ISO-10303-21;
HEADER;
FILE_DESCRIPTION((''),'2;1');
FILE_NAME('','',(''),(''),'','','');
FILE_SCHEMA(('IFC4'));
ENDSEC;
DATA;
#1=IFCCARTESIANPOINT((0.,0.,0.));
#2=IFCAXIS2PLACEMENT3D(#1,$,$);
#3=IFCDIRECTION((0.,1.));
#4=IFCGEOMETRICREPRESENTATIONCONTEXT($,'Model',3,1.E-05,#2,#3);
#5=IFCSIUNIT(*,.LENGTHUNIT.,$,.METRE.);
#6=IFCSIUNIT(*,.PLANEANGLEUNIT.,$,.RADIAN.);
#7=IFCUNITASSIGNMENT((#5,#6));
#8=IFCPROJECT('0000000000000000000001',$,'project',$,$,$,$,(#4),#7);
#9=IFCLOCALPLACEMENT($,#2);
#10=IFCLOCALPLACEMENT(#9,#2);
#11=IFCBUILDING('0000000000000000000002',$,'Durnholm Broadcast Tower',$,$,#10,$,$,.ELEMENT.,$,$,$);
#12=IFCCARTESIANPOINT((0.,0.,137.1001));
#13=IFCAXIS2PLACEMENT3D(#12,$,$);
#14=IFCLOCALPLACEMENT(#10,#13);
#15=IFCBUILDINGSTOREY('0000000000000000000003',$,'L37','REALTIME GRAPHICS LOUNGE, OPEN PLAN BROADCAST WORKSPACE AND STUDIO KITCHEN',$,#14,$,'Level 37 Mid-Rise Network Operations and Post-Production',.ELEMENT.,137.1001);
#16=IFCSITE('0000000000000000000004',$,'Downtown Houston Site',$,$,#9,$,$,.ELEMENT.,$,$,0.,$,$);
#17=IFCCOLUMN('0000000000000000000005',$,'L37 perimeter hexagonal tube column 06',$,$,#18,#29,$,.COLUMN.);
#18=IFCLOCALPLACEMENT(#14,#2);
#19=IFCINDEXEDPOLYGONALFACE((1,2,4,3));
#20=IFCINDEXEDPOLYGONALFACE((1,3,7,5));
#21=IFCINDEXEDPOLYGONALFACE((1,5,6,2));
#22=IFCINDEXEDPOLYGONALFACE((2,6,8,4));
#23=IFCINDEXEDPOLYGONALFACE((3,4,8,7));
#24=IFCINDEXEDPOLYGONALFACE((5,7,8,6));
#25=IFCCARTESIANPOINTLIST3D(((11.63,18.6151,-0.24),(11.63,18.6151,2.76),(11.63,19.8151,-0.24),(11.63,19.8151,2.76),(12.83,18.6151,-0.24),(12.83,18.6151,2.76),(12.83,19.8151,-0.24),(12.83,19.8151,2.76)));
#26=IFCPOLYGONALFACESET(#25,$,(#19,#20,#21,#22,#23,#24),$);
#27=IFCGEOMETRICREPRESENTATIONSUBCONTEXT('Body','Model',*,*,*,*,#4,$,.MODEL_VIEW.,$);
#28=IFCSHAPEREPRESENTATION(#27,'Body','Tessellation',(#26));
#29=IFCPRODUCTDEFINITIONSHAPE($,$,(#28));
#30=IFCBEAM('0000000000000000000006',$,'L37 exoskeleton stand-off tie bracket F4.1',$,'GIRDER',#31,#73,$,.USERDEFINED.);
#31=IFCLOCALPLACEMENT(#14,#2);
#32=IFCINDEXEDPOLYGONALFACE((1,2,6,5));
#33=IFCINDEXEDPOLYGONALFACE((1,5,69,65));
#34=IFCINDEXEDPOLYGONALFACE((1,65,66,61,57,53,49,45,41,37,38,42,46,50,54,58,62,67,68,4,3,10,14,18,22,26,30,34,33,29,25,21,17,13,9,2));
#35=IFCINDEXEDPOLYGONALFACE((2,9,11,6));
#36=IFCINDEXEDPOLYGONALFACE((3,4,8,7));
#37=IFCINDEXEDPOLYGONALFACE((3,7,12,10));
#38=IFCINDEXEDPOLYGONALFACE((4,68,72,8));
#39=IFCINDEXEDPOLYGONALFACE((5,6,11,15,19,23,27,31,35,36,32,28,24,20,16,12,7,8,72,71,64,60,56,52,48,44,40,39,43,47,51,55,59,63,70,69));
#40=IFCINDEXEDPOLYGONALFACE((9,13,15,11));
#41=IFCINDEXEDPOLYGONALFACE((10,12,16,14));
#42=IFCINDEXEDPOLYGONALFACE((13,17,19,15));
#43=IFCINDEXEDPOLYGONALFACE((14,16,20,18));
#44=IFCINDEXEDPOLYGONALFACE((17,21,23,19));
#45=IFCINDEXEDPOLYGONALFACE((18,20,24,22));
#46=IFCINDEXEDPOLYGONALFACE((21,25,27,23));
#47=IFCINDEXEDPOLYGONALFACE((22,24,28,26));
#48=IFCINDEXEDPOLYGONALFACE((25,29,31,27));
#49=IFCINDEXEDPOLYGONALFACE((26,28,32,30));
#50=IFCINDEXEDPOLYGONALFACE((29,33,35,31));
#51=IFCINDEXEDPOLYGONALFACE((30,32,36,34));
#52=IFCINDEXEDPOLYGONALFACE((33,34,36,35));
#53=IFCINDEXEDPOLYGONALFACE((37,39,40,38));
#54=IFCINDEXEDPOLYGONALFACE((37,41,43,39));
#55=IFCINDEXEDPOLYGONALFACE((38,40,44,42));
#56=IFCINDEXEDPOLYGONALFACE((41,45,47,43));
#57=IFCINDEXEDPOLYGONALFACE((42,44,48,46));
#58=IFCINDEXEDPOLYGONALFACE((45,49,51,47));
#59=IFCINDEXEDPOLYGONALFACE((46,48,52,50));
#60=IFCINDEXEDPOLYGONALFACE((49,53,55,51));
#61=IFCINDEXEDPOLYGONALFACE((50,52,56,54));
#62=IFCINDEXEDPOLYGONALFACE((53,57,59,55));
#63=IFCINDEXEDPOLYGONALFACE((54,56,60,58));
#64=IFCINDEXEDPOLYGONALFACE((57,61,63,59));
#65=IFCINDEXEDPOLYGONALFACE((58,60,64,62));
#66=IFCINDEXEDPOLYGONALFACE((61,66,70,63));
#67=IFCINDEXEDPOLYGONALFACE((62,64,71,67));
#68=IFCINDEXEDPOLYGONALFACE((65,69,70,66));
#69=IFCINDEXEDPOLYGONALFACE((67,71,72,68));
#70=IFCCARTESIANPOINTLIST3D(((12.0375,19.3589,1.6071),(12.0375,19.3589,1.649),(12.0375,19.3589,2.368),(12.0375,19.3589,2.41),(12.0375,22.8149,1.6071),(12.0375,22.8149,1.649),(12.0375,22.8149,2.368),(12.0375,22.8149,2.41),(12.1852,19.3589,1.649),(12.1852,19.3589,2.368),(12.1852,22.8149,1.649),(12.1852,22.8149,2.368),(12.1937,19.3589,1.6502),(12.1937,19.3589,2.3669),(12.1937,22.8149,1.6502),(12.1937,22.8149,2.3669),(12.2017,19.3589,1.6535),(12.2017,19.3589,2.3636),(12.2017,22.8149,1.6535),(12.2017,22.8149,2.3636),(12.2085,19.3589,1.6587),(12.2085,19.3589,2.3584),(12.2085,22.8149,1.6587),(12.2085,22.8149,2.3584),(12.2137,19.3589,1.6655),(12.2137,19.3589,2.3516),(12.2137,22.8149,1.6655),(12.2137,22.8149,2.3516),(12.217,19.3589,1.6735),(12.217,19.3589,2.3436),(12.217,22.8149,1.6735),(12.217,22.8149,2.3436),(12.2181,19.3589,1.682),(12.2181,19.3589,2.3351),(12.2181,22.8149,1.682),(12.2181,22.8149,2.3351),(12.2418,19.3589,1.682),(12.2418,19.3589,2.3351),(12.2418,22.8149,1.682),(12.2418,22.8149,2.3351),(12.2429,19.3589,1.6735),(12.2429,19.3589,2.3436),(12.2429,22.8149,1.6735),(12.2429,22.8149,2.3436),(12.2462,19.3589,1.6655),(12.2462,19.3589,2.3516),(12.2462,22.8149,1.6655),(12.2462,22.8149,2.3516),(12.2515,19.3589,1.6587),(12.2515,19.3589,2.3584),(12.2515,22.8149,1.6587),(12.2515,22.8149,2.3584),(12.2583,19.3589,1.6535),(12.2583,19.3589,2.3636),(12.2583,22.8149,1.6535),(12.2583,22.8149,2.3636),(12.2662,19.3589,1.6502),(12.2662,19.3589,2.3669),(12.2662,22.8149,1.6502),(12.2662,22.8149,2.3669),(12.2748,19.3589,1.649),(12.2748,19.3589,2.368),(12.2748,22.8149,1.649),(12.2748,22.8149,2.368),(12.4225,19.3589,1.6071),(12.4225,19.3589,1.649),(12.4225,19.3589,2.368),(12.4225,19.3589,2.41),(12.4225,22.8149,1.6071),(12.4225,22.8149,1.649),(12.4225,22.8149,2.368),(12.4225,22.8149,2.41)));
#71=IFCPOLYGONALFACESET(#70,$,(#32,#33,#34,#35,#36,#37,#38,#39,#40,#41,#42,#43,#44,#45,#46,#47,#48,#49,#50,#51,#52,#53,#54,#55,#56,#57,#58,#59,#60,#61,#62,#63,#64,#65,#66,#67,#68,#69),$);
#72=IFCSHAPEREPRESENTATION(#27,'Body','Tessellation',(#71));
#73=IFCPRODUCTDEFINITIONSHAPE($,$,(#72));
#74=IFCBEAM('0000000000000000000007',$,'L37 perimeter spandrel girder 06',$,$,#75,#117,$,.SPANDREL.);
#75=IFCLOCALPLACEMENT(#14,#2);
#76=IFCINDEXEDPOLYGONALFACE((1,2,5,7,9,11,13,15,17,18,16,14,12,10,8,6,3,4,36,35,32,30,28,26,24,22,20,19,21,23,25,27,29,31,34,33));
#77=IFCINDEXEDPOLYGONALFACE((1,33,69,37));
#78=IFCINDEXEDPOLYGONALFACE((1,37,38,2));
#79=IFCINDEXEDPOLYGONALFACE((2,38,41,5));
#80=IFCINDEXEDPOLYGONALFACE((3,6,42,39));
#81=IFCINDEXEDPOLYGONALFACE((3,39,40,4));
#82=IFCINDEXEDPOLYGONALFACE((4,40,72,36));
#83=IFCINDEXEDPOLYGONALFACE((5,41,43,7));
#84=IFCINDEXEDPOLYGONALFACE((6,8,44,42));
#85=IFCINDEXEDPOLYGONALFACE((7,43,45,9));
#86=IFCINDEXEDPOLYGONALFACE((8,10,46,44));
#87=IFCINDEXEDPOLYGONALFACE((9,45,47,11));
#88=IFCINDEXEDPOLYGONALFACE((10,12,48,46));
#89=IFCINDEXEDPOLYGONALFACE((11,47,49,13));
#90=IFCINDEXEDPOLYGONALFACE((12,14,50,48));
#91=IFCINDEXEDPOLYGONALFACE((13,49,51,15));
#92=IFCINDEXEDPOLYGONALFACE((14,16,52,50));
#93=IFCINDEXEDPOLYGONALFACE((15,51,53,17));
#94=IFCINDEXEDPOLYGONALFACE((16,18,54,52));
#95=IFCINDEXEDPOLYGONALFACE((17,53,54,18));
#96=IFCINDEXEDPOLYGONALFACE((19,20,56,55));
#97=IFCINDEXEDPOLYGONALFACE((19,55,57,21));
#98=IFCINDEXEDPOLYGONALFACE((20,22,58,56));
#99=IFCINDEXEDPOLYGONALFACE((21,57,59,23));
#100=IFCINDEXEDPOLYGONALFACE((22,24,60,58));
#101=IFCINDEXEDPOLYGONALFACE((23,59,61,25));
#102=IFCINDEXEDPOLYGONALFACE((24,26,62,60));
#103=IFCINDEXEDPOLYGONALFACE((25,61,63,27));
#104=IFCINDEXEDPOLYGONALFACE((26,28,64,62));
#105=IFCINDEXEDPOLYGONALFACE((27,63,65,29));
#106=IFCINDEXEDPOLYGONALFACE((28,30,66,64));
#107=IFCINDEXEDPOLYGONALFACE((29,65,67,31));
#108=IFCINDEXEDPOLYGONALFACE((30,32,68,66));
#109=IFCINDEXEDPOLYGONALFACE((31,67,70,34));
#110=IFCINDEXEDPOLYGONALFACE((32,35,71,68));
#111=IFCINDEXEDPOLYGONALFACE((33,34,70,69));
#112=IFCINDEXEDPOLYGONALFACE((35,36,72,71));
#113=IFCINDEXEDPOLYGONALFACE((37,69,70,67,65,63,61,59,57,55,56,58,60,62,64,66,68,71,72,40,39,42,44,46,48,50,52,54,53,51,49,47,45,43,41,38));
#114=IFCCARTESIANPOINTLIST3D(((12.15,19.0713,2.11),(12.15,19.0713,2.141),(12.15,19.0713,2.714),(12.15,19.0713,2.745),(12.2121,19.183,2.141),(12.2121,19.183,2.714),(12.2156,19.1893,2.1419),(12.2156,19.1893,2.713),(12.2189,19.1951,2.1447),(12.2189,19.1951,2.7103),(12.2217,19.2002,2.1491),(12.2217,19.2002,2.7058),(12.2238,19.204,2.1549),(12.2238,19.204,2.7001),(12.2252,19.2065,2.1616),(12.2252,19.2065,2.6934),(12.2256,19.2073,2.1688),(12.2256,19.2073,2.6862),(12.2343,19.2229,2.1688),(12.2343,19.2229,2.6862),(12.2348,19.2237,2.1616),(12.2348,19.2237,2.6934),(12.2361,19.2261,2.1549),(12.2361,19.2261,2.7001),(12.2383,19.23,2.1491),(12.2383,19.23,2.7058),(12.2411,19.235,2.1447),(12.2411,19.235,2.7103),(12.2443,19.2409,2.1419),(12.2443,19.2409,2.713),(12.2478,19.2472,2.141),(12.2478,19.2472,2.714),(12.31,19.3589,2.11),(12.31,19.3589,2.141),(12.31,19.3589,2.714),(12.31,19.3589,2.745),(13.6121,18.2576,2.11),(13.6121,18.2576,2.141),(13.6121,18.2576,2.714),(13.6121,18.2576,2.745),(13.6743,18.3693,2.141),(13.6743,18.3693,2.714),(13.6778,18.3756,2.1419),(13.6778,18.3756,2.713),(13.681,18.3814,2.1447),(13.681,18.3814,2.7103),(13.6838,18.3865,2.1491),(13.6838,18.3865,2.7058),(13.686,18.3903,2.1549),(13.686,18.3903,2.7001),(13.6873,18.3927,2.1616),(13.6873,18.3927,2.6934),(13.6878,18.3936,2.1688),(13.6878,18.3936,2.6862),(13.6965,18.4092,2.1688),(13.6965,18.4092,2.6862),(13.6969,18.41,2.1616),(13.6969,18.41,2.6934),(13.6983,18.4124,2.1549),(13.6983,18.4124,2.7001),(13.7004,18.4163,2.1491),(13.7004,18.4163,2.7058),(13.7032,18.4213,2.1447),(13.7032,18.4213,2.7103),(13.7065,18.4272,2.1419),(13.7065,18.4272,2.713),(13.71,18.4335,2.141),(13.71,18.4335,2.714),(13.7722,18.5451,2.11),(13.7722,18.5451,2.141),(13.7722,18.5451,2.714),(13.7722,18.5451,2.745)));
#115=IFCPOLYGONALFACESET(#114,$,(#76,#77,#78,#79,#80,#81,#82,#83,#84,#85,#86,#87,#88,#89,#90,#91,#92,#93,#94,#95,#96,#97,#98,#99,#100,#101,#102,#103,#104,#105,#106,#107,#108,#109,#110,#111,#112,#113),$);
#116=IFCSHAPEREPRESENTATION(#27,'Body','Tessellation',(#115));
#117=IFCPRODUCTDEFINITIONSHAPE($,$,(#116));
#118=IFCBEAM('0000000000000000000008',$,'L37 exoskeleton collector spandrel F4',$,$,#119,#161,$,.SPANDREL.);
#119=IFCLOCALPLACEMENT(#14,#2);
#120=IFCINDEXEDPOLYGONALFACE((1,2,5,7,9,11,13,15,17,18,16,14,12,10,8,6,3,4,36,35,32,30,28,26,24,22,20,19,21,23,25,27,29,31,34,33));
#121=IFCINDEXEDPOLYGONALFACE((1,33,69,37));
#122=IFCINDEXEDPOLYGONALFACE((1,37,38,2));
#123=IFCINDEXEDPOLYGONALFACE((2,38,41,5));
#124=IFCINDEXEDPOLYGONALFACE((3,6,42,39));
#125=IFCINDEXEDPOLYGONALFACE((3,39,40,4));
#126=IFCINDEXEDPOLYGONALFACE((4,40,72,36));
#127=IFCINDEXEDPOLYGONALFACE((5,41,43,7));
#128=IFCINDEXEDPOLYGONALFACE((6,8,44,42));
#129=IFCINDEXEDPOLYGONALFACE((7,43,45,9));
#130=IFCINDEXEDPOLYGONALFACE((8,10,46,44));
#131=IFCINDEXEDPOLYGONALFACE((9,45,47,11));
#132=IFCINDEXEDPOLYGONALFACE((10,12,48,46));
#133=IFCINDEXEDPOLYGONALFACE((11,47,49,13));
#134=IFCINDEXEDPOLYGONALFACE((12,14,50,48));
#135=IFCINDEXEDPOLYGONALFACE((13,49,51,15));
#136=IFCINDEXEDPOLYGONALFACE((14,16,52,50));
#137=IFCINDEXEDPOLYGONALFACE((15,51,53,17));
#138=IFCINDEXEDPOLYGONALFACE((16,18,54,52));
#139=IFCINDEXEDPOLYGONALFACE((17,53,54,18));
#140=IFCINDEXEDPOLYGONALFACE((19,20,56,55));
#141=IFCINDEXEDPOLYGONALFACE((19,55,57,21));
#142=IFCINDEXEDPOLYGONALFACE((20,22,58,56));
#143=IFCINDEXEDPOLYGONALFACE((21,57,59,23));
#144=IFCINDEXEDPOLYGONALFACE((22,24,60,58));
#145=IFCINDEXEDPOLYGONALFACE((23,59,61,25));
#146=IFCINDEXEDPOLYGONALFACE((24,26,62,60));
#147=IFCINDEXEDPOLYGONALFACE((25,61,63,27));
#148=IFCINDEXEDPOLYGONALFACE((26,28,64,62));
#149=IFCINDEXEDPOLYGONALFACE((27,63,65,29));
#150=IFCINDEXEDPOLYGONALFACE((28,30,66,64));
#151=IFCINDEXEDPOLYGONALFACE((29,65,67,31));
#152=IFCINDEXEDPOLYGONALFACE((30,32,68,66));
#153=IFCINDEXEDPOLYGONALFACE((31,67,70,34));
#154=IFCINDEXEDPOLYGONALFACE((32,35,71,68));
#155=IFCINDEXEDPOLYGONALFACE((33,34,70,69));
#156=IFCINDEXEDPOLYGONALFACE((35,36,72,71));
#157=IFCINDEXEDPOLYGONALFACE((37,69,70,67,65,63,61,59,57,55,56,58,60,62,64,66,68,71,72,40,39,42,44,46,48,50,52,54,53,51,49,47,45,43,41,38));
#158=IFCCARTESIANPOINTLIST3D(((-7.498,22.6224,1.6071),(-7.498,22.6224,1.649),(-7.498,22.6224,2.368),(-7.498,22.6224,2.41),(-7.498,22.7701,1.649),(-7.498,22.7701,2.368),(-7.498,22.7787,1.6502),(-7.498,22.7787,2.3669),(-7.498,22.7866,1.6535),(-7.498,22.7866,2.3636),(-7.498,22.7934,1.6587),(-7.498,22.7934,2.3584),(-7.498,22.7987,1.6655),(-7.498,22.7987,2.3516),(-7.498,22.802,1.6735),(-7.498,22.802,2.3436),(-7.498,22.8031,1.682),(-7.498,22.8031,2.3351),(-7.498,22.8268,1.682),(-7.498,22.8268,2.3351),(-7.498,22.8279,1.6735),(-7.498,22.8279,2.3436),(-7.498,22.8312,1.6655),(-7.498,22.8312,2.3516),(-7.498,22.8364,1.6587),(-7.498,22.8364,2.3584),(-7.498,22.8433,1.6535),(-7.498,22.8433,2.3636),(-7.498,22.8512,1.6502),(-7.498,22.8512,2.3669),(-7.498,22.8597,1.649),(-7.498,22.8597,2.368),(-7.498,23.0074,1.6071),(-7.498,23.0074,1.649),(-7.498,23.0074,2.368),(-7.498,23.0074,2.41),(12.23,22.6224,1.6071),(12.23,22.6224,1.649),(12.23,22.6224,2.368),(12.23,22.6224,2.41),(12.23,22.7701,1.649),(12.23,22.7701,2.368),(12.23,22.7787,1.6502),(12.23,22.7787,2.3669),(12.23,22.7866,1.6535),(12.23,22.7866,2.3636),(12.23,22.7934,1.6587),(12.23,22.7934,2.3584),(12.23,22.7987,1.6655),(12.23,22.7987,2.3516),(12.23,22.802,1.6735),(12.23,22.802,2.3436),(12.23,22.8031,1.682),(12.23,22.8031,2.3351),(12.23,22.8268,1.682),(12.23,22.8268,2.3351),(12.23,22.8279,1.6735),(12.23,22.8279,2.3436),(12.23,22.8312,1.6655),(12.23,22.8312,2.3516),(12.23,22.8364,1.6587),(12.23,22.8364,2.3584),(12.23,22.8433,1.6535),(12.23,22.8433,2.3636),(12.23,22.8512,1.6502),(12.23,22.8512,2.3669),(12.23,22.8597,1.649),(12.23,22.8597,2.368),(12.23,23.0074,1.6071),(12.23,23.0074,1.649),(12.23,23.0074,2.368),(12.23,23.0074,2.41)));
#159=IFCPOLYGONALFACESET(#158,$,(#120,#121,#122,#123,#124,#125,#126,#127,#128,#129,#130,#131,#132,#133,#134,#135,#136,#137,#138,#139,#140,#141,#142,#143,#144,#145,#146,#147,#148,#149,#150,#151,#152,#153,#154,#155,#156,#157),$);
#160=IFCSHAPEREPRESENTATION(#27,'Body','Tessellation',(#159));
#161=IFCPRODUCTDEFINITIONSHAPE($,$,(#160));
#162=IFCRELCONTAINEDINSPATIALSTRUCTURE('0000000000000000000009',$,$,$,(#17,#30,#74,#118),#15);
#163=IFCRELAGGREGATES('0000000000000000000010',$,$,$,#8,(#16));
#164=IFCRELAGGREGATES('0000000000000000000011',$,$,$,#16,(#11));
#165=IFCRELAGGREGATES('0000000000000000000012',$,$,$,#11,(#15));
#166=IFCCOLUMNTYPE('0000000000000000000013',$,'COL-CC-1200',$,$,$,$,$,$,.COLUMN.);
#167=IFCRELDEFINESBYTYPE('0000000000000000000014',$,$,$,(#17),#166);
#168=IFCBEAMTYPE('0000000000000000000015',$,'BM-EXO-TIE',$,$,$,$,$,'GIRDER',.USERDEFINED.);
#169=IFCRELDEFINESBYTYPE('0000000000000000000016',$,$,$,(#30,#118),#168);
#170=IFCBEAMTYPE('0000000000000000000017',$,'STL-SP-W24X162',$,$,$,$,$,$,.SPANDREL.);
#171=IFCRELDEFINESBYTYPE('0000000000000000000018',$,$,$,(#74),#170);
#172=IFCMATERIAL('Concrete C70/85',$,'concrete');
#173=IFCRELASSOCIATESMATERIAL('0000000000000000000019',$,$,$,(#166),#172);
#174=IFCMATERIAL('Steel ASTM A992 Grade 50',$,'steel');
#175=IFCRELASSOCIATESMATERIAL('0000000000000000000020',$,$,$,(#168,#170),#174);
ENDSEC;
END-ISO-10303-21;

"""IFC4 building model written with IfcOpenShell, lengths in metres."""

from ifc_helpers import new_model, si_unit, direction, frame, origin, origin_2d, place, context, subcontext, project, spatial, rectangle, i_section, extrude, source, transform, mapped, material, material_profile, profile_set, type_object, type_shapes, element, save


model = new_model("IFC4")

# Units and contexts
model_context = context("Model", 3, precision=1e-05, world=origin(), true_north=direction((0.0, 1.0)))
body_context = subcontext(model_context, "Body", "Model", "MODEL_VIEW")
ifc_project = project(units=[si_unit("LENGTHUNIT", "METRE"), si_unit("PLANEANGLEUNIT", "RADIAN")], contexts=[model_context])

# Site, building, storey
site_placement = place(None, origin())
site = spatial("IfcSite", under=ifc_project, at=site_placement, Name="Downtown Houston Site", CompositionType="ELEMENT", RefElevation=0.0)
building_placement = place(site_placement, origin())
building = spatial("IfcBuilding", under=site, at=building_placement, Name="Durnholm Broadcast Tower", CompositionType="ELEMENT")
storey_placement = place(building_placement, frame((0.0, 0.0, 137.1001)))
storey = spatial("IfcBuildingStorey", under=building, at=storey_placement, Name="L37", Description="REALTIME GRAPHICS LOUNGE, OPEN PLAN BROADCAST WORKSPACE AND STUDIO KITCHEN", LongName="Level 37 Mid-Rise Network Operations and Post-Production", CompositionType="ELEMENT", Elevation=137.1001)

# Column
ifc_material_1 = material(Name="Concrete C70/85", Category="concrete")
ifc_material_profile_1 = material_profile(ifc_material_1, rectangle(XDim=1.2, YDim=1.2, at=origin_2d()), Name="RC1200X1200")
ifc_profile_set_1 = profile_set([ifc_material_profile_1], Name="Concrete C70/85")
column_type = type_object("IfcColumnType", Name="COL-CC-1200", PredefinedType="COLUMN", material=ifc_profile_set_1)
shared_shape_1 = source(origin(), body_context, "Body", "SweptSolid", [
    extrude(rectangle(XDim=1.2, YDim=1.2, at=origin_2d()), origin(), (0.0, 0.0, 1.0), 3.0),
])
type_shapes(column_type, [shared_shape_1])
column_placement = place(storey_placement, frame((12.23, 19.2151, -0.24), z_axis=(0.0, 0.0, 1.0), x_axis=(1.0, 0.0, 0.0)))
element("IfcColumn", 1, at=column_placement, inside=storey, type_object=column_type, Name="L37 perimeter hexagonal tube column 06", PredefinedType="COLUMN", context=body_context, shape_type="MappedRepresentation", body=[
    mapped(shared_shape_1, transform((0.0, 0.0, 0.0), x_axis=(1.0, 0.0, 0.0), y_axis=(0.0, 1.0, 0.0), z_axis=(0.0, 0.0, 1.0), scale=1.0)),
])

# Beams
ifc_material_2 = material(Name="Steel ASTM A992 Grade 50", Category="steel")
ifc_material_profile_2 = material_profile(ifc_material_2, i_section(OverallWidth=0.385, OverallDepth=0.803, WebThickness=0.0237, FlangeThickness=0.042, FilletRadius=0.033, at=origin_2d()), Name="W30X261")
ifc_profile_set_2 = profile_set([ifc_material_profile_2], Name="Steel ASTM A992 Grade 50")
beam_type_1 = type_object("IfcBeamType", Name="BM-EXO-TIE", ElementType="GIRDER", PredefinedType="USERDEFINED", material=ifc_profile_set_2)
shared_shape_2 = source(origin(), body_context, "Body", "SweptSolid", [
    extrude(i_section(OverallWidth=0.385, OverallDepth=0.803, WebThickness=0.0237, FlangeThickness=0.042, FilletRadius=0.033, at=origin_2d()), origin(), (0.0, 0.0, 1.0), 3.4561),
])
beam_1_placement = place(storey_placement, frame((12.23, 19.3589, 2.0085), z_axis=(0.0, 1.0, 0.0), x_axis=(-1.0, 0.0, 0.0)))
element("IfcBeam", 2, at=beam_1_placement, inside=storey, type_object=beam_type_1, Name="L37 exoskeleton stand-off tie bracket F4.1", ObjectType="GIRDER", PredefinedType="USERDEFINED", context=body_context, shape_type="MappedRepresentation", body=[
    mapped(shared_shape_2, transform((0.0, 0.0, 0.0), x_axis=(1.0, 0.0, 0.0), y_axis=(0.0, 1.0, 0.0), z_axis=(0.0, 0.0, 1.0), scale=1.0)),
])
ifc_material_profile_3 = material_profile(ifc_material_2, i_section(OverallWidth=0.3291, OverallDepth=0.635, WebThickness=0.0178, FlangeThickness=0.031, FilletRadius=0.0278, at=origin_2d()), Name="W24X162")
ifc_profile_set_3 = profile_set([ifc_material_profile_3], Name="Steel ASTM A992 Grade 50")
beam_type_2 = type_object("IfcBeamType", Name="STL-SP-W24X162", PredefinedType="SPANDREL", material=ifc_profile_set_3)
shared_shape_3 = source(origin(), body_context, "Body", "SweptSolid", [
    extrude(i_section(OverallWidth=0.3291, OverallDepth=0.635, WebThickness=0.0178, FlangeThickness=0.031, FilletRadius=0.0278, at=origin_2d()), origin(), (0.0, 0.0, 1.0), 1.6733),
])
type_shapes(beam_type_2, [shared_shape_3])
beam_2_placement = place(storey_placement, frame((12.23, 19.2151, 2.4275), z_axis=(0.873799, -0.486287, 0.0), x_axis=(0.486287, 0.873799, 0.0)))
element("IfcBeam", 3, at=beam_2_placement, inside=storey, type_object=beam_type_2, Name="L37 perimeter spandrel girder 06", PredefinedType="SPANDREL", context=body_context, shape_type="MappedRepresentation", body=[
    mapped(shared_shape_3, transform((0.0, 0.0, 0.0), x_axis=(1.0, 0.0, 0.0), y_axis=(0.0, 1.0, 0.0), z_axis=(0.0, 0.0, 1.0), scale=1.0)),
])
shared_shape_4 = source(origin(), body_context, "Body", "SweptSolid", [
    extrude(i_section(OverallWidth=0.385, OverallDepth=0.803, WebThickness=0.0237, FlangeThickness=0.042, FilletRadius=0.033, at=origin_2d()), origin(), (0.0, 0.0, 1.0), 19.728),
])
type_shapes(beam_type_1, [shared_shape_2, shared_shape_4])
beam_3_placement = place(storey_placement, frame((12.23, 22.8149, 2.0085), z_axis=(-1.0, 0.0, 0.0), x_axis=(0.0, -1.0, 0.0)))
element("IfcBeam", 4, at=beam_3_placement, inside=storey, type_object=beam_type_1, Name="L37 exoskeleton collector spandrel F4", PredefinedType="SPANDREL", context=body_context, shape_type="MappedRepresentation", body=[
    mapped(shared_shape_4, transform((0.0, 0.0, 0.0), x_axis=(1.0, 0.0, 0.0), y_axis=(0.0, 1.0, 0.0), z_axis=(0.0, 0.0, 1.0), scale=1.0)),
])

save(model, "model.ifc")
